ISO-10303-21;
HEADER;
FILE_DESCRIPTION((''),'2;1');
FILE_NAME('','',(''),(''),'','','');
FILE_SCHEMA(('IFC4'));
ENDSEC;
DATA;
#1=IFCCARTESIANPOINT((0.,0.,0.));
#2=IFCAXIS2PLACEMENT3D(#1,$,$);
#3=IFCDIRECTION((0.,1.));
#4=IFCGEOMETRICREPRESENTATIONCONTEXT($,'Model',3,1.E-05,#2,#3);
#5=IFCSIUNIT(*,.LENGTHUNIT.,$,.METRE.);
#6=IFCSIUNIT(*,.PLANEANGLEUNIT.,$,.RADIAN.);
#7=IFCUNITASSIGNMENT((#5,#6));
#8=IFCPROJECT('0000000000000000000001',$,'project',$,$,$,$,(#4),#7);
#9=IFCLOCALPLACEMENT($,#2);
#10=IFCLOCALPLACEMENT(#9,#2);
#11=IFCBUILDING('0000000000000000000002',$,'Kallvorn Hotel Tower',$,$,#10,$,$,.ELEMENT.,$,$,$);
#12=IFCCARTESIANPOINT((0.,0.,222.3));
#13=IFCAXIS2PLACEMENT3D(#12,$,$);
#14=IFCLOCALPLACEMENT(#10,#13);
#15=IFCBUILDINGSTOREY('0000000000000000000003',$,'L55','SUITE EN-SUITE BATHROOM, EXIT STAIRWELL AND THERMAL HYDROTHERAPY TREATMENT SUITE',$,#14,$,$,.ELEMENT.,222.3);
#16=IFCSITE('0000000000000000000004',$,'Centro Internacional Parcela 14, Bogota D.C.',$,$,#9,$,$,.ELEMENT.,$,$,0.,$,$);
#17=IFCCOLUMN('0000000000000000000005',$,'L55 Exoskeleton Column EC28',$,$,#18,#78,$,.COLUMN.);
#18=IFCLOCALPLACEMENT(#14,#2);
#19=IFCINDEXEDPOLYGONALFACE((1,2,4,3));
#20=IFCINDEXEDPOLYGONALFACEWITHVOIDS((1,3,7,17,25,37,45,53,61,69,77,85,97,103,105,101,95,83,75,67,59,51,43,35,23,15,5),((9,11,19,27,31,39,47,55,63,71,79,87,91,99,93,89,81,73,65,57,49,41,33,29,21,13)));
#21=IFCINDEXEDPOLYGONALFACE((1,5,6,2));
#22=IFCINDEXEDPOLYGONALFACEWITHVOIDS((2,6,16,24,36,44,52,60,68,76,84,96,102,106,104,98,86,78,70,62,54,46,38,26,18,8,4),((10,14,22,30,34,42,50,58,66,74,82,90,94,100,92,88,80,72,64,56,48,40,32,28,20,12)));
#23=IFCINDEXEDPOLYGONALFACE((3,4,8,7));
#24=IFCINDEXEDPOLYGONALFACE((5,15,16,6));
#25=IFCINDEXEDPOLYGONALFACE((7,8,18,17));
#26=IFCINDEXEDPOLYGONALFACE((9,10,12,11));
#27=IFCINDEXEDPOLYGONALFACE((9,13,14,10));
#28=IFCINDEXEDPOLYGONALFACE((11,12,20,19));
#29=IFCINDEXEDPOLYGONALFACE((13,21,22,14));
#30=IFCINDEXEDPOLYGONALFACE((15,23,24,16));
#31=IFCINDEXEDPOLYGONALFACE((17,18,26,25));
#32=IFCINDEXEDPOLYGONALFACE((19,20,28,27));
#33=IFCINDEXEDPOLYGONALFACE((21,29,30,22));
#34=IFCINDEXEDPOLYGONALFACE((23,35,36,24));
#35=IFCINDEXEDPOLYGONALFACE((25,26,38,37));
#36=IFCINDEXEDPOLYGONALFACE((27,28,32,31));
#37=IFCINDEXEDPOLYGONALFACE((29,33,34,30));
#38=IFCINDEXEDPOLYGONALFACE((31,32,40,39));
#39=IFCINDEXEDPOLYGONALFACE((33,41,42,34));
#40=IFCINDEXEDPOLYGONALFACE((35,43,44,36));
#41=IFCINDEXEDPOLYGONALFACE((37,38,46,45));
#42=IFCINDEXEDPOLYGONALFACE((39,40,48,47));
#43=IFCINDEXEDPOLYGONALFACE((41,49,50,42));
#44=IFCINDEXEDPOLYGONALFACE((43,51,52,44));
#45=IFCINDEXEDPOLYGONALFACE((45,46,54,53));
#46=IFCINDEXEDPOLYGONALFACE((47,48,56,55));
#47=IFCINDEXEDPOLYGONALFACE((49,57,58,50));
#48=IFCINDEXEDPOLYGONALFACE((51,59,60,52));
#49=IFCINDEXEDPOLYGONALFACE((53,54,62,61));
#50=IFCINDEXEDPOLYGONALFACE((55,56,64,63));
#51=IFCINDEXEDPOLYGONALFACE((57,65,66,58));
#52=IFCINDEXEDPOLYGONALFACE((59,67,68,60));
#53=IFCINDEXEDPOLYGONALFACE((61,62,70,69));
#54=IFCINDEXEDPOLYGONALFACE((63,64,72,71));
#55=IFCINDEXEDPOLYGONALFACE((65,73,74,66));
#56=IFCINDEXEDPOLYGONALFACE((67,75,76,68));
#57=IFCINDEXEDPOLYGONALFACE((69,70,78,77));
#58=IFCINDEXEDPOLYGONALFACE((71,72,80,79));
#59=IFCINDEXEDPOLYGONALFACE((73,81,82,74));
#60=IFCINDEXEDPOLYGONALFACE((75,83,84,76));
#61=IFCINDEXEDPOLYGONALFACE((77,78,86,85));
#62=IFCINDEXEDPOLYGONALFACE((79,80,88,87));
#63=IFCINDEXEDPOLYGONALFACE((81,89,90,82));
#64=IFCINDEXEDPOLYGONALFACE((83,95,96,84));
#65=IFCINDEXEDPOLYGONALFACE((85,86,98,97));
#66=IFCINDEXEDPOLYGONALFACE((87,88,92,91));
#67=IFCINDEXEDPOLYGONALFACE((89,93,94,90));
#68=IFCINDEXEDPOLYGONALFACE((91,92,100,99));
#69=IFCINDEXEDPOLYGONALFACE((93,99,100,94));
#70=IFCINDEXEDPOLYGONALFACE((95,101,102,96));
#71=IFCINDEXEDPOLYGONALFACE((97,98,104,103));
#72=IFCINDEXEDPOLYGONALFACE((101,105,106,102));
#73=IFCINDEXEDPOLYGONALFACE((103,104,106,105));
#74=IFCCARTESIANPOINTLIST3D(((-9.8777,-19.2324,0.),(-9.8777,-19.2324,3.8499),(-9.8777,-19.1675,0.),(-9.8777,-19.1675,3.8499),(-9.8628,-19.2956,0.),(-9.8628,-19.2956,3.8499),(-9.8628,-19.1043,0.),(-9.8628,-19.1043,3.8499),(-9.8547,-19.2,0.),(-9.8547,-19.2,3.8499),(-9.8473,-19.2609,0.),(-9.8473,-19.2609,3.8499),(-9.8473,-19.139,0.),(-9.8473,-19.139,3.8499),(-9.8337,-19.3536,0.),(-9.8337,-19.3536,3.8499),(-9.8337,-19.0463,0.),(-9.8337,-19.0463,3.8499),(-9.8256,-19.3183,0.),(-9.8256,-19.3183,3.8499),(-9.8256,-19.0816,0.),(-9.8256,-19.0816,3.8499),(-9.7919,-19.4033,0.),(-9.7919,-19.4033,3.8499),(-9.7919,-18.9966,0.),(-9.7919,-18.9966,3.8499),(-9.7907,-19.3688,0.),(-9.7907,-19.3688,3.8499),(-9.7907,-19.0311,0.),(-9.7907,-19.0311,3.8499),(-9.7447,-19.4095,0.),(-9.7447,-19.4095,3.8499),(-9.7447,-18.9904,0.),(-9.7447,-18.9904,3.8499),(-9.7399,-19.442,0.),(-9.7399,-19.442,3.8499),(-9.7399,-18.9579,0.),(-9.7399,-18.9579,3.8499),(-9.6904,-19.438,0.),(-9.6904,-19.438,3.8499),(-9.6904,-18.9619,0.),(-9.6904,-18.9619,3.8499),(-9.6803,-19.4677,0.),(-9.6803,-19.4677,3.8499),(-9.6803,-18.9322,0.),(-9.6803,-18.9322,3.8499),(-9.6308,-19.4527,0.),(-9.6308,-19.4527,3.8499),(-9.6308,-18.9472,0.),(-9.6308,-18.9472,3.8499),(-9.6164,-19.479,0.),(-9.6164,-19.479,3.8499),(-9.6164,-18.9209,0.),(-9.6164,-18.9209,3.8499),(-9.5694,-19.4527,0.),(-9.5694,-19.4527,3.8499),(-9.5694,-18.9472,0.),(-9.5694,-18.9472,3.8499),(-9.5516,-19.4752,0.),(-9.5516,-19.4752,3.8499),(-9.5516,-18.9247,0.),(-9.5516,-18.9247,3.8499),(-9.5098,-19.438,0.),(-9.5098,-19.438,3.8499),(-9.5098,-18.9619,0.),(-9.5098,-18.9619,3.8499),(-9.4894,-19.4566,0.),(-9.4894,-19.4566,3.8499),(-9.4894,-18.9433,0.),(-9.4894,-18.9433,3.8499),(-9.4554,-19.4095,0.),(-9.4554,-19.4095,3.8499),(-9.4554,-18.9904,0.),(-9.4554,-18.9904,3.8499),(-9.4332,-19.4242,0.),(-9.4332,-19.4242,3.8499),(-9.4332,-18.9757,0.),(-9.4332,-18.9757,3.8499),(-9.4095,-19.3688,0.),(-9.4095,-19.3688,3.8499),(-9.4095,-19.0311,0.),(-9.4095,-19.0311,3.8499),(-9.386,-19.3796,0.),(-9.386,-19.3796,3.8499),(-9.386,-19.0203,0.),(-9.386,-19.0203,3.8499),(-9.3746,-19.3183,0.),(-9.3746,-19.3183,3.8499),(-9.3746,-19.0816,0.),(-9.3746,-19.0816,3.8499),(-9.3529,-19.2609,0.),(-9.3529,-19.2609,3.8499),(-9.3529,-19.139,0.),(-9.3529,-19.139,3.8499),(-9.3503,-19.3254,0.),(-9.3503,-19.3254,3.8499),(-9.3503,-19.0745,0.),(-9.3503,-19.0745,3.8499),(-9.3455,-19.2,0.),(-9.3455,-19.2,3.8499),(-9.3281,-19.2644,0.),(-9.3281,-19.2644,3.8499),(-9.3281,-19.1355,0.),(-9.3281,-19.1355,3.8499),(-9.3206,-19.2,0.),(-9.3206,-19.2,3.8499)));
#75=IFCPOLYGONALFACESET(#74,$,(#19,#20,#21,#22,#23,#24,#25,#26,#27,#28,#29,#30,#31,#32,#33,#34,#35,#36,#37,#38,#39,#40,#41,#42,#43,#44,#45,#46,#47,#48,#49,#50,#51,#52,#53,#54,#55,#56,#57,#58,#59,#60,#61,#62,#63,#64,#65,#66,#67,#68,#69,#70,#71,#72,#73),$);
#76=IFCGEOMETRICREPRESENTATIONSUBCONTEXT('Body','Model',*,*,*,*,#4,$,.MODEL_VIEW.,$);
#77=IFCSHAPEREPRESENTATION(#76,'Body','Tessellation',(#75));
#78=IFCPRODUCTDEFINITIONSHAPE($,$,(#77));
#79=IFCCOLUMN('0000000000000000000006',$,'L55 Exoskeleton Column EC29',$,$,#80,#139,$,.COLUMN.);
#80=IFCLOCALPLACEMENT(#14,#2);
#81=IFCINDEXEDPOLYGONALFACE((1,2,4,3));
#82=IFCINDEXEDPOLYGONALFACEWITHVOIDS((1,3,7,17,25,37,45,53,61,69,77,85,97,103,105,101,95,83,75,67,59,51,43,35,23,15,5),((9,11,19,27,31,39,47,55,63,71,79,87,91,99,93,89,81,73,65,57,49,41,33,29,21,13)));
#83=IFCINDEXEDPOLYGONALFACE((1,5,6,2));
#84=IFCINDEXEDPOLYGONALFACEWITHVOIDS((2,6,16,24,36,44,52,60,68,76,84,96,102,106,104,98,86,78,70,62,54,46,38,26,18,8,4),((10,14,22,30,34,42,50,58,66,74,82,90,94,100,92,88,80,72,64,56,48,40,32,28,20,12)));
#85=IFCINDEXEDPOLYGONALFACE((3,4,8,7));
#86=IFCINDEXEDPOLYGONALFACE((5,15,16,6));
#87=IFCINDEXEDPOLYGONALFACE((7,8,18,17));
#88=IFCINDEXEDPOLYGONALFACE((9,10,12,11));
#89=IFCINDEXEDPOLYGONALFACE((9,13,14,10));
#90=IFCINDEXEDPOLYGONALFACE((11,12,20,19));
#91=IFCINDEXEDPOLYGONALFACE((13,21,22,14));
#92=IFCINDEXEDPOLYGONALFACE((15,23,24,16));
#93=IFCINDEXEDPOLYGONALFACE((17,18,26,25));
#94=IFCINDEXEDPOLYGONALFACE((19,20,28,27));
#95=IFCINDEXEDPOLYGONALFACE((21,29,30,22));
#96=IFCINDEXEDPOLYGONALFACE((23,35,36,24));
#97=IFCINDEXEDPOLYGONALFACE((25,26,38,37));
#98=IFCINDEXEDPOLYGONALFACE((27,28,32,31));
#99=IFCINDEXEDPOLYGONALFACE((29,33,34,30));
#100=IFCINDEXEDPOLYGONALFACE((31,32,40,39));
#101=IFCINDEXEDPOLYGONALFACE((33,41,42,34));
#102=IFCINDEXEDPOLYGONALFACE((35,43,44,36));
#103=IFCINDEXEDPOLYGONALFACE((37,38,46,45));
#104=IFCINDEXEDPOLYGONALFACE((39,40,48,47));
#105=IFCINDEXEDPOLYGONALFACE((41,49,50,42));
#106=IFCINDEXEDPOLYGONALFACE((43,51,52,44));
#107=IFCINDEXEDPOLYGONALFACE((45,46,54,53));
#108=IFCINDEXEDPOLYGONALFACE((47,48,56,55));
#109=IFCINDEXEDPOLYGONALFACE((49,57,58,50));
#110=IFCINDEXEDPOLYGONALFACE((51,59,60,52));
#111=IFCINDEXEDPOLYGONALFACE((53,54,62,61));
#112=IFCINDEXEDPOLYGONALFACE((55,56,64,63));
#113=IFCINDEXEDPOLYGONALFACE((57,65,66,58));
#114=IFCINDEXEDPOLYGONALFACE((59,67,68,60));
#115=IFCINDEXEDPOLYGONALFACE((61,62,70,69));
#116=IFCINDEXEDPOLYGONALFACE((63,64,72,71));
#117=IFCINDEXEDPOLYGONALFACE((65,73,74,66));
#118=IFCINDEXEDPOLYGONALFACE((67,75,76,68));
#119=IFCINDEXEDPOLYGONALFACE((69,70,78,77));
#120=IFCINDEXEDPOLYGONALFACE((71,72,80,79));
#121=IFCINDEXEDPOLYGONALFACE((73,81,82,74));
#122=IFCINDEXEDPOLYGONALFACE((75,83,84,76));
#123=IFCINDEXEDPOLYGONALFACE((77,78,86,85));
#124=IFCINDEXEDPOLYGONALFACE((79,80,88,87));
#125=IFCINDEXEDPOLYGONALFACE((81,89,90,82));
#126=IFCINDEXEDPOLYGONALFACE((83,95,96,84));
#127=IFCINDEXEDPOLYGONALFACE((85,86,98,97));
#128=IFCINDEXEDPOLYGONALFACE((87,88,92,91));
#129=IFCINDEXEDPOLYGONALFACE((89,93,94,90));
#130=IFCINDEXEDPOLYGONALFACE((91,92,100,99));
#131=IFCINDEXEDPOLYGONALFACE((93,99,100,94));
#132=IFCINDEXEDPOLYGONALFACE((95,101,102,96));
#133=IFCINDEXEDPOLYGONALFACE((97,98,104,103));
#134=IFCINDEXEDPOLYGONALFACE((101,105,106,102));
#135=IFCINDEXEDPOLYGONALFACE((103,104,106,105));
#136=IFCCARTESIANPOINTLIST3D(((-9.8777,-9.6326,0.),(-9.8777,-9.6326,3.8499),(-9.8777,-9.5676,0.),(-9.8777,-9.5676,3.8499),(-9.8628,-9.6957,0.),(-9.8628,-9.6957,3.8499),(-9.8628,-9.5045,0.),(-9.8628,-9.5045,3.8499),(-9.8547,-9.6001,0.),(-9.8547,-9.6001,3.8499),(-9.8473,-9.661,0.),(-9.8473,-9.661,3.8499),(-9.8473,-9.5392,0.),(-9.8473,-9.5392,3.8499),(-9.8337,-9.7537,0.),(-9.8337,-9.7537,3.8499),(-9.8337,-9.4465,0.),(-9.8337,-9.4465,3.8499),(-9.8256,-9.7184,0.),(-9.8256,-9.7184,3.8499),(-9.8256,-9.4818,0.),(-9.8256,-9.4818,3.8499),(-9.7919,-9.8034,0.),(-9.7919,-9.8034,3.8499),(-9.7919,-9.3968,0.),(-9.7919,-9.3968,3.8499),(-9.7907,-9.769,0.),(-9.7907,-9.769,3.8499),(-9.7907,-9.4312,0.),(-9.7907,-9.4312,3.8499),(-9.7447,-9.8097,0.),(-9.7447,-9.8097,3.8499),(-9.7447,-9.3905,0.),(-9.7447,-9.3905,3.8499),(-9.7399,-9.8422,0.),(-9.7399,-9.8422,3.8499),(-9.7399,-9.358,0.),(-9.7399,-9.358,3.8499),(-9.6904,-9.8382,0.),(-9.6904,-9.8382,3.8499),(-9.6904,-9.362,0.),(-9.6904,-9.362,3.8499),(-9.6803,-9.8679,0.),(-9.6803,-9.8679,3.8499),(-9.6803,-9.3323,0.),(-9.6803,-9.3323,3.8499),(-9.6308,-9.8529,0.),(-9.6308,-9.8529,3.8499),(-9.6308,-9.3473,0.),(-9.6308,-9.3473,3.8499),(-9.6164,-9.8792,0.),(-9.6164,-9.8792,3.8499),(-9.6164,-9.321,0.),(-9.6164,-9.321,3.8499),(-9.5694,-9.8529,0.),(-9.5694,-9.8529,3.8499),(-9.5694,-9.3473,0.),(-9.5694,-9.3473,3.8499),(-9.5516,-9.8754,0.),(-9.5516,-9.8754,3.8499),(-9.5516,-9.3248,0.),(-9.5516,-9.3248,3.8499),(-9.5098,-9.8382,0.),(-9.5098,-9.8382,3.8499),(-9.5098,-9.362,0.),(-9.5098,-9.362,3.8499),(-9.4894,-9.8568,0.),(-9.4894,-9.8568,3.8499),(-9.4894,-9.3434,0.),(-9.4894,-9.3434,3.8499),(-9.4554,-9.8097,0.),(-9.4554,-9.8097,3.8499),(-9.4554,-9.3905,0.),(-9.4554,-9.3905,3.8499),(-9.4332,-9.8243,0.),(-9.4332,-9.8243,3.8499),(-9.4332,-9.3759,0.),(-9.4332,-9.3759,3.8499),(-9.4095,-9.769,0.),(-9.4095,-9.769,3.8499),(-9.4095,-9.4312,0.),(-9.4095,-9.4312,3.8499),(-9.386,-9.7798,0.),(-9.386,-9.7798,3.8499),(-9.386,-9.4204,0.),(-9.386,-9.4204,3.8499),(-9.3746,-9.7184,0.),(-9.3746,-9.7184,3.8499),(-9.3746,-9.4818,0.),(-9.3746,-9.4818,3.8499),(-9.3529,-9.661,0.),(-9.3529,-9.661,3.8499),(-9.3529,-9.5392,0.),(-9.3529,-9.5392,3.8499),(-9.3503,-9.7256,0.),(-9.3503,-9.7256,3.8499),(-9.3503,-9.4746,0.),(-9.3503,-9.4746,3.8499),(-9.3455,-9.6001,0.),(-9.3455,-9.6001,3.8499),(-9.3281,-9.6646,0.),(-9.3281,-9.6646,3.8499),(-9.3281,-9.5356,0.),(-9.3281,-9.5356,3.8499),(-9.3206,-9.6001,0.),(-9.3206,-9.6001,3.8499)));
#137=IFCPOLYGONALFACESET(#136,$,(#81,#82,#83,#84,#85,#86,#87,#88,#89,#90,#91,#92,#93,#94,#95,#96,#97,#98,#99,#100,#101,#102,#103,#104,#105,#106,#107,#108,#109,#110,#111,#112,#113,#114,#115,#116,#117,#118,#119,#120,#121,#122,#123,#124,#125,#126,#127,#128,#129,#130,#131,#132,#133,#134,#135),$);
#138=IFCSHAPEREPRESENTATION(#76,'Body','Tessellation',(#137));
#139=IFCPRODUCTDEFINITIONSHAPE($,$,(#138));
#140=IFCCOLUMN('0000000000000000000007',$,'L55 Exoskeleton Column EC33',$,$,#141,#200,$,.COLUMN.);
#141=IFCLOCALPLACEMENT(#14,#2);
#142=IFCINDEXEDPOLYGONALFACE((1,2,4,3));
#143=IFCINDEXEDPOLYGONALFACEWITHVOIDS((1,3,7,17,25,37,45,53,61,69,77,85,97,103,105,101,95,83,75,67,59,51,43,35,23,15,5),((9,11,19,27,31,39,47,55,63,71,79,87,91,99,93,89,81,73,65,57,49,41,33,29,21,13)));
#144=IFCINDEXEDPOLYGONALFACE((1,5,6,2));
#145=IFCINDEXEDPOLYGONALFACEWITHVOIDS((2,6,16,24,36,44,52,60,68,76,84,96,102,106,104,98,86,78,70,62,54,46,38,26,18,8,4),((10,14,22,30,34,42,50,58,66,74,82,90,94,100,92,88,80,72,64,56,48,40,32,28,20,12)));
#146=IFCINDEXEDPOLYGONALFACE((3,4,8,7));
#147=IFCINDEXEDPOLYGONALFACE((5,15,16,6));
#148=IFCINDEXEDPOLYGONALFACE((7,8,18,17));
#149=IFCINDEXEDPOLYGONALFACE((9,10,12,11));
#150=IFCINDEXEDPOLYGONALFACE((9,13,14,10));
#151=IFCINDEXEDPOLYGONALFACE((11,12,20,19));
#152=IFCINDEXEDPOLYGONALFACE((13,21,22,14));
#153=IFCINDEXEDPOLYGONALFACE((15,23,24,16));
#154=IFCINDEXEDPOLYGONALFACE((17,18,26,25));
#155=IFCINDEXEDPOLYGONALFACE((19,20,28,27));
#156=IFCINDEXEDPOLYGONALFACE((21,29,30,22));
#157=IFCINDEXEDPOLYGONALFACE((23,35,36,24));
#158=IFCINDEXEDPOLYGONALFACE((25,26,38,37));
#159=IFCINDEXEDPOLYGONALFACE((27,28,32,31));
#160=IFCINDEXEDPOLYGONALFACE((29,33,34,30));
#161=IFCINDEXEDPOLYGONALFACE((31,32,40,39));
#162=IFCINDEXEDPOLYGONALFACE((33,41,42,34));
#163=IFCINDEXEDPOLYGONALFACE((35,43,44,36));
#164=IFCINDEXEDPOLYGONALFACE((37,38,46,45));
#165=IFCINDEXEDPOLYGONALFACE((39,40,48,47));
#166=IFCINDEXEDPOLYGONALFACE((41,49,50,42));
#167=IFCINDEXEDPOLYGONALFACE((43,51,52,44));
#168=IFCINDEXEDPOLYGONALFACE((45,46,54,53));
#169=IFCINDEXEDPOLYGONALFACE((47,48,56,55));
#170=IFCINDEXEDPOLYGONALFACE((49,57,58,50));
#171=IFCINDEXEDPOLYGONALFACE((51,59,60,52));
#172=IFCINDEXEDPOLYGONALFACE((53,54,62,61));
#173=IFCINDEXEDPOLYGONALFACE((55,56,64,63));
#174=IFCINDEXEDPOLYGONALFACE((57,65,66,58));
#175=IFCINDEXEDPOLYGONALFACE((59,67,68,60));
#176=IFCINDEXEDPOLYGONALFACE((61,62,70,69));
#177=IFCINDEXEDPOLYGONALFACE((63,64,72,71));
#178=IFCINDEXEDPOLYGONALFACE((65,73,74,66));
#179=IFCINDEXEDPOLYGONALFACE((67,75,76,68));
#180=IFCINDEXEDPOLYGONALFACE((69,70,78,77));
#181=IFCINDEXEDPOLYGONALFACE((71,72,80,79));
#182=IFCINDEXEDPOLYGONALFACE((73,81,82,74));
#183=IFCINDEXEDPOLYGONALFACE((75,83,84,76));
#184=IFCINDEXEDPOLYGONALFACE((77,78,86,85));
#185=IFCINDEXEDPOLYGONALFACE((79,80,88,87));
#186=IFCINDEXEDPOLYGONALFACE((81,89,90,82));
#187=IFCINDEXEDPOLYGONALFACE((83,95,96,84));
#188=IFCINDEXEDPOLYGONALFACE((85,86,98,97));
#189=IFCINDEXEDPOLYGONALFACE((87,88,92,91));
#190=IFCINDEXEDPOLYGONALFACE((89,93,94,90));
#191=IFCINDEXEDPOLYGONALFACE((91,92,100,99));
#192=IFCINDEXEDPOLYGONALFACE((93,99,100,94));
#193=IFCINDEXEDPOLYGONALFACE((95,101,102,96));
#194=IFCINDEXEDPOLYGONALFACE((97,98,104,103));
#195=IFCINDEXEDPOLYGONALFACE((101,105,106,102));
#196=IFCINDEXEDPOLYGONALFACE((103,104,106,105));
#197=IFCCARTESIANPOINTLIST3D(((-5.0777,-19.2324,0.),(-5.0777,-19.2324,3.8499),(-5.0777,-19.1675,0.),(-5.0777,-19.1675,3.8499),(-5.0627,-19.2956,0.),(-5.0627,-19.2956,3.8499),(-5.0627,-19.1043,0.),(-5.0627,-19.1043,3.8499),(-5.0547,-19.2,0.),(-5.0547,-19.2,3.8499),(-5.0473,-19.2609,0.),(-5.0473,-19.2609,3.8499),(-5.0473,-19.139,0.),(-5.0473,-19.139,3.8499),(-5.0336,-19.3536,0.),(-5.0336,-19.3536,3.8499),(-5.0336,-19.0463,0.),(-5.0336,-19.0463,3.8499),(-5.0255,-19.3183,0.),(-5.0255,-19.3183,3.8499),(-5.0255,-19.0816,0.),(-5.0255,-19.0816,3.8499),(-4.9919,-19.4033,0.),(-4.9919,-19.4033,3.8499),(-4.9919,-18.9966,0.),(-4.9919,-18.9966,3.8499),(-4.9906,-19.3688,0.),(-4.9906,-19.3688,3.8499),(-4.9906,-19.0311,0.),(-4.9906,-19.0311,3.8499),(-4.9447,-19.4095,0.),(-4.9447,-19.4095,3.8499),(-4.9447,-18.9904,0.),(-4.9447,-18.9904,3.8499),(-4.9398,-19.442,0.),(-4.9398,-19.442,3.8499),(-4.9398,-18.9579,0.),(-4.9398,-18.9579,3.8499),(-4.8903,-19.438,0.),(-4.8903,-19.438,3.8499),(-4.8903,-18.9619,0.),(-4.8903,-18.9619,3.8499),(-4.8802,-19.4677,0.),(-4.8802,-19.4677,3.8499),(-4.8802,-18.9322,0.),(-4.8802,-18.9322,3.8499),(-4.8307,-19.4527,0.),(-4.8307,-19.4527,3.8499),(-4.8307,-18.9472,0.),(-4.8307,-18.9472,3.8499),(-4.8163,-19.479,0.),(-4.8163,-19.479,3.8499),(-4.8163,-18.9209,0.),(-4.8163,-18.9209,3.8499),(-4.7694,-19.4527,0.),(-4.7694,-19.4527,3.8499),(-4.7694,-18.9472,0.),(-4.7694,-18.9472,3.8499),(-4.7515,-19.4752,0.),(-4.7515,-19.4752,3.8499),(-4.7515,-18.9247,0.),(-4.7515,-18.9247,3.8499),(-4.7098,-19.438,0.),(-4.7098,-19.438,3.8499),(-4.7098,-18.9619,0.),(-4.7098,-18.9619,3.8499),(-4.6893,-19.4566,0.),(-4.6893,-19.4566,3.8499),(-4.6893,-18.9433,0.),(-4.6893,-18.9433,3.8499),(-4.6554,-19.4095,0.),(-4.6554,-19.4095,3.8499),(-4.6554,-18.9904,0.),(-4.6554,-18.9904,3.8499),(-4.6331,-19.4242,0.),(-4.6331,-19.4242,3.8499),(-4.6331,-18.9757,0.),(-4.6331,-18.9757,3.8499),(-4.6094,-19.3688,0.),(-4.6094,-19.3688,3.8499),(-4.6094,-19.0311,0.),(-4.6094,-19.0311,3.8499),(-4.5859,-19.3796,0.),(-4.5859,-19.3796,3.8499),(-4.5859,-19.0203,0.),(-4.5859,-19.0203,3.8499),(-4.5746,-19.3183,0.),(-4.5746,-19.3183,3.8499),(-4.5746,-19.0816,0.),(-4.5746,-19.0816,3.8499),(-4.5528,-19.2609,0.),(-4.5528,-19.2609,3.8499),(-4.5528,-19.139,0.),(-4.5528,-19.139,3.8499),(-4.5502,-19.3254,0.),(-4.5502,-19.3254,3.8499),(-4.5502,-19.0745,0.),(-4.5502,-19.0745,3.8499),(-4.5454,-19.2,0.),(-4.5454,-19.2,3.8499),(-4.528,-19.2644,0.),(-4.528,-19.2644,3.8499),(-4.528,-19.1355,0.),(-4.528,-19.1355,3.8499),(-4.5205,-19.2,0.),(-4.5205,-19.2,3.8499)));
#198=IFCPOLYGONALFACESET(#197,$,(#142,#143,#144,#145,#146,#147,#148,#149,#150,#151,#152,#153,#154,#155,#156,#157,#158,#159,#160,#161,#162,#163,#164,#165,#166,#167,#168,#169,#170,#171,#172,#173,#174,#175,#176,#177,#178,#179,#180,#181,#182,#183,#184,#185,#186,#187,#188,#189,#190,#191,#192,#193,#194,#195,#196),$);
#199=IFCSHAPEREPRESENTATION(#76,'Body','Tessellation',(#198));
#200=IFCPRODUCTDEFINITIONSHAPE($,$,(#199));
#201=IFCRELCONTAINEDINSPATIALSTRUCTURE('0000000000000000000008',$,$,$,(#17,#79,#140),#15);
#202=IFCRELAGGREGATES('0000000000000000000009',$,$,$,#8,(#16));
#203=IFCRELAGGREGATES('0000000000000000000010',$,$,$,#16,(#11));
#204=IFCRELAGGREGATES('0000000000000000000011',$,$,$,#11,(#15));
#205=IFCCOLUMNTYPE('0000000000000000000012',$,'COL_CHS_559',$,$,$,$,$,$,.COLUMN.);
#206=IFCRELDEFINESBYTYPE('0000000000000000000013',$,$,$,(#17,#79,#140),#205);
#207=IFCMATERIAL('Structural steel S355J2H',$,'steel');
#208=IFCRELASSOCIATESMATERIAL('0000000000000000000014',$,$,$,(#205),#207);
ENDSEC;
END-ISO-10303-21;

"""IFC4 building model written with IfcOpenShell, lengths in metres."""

from ifc_helpers import new_model, si_unit, direction, frame, origin, origin_2d, place, context, subcontext, project, spatial, hollow_circle, extrude, material, material_profile, profile_set, type_object, element, save


model = new_model("IFC4")

# Units and contexts
model_context = context("Model", 3, precision=1e-05, world=origin(), true_north=direction((0.0, 1.0)))
body_context = subcontext(model_context, "Body", "Model", "MODEL_VIEW")
ifc_project = project(units=[si_unit("LENGTHUNIT", "METRE"), si_unit("PLANEANGLEUNIT", "RADIAN")], contexts=[model_context])

# Site, building, storey
site_placement = place(None, origin())
site = spatial("IfcSite", under=ifc_project, at=site_placement, Name="Centro Internacional Parcela 14, Bogota D.C.", CompositionType="ELEMENT", RefElevation=0.0)
building_placement = place(site_placement, origin())
building = spatial("IfcBuilding", under=site, at=building_placement, Name="Kallvorn Hotel Tower", CompositionType="ELEMENT")
storey_placement = place(building_placement, frame((0.0, 0.0, 222.3)))
storey = spatial("IfcBuildingStorey", under=building, at=storey_placement, Name="L55", Description="SUITE EN-SUITE BATHROOM, EXIT STAIRWELL AND THERMAL HYDROTHERAPY TREATMENT SUITE", CompositionType="ELEMENT", Elevation=222.3)

# Columns
ifc_material_1 = material(Name="Structural steel S355J2H", Category="steel")
ifc_material_profile_1 = material_profile(ifc_material_1, hollow_circle(Radius=0.2795, WallThickness=0.0249, at=origin_2d()), Name="CHS 559x25")
ifc_profile_set_1 = profile_set([ifc_material_profile_1], Name="Structural steel S355J2H")
column_type_1 = type_object("IfcColumnType", Name="COL_CHS_559", PredefinedType="COLUMN", material=ifc_profile_set_1)
for number, where, z_axis, x_axis, name in (
    (1, (-9.6001, -19.2, 0.0), (0.0, 0.0, 1.0), (1.0, 0.0, 0.0), "L55 Exoskeleton Column EC28"),
    (2, (-9.6001, -9.6001, 0.0), (0.0, 0.0, 1.0), (1.0, 0.0, 0.0), "L55 Exoskeleton Column EC29"),
    (3, (-4.8, -19.2, 0.0), (0.0, 0.0, 1.0), (1.0, 0.0, 0.0), "L55 Exoskeleton Column EC33"),
):
    element("IfcColumn", number, at=place(storey_placement, frame(where, z_axis=z_axis, x_axis=x_axis)), inside=storey, type_object=column_type_1, Name=name, PredefinedType="COLUMN", context=body_context, shape_type="SweptSolid", body=[
        extrude(hollow_circle(Radius=0.2795, WallThickness=0.0249, at=origin_2d()), origin(), (0.0, 0.0, 1.0), 3.8499),
    ])

save(model, "model.ifc")
